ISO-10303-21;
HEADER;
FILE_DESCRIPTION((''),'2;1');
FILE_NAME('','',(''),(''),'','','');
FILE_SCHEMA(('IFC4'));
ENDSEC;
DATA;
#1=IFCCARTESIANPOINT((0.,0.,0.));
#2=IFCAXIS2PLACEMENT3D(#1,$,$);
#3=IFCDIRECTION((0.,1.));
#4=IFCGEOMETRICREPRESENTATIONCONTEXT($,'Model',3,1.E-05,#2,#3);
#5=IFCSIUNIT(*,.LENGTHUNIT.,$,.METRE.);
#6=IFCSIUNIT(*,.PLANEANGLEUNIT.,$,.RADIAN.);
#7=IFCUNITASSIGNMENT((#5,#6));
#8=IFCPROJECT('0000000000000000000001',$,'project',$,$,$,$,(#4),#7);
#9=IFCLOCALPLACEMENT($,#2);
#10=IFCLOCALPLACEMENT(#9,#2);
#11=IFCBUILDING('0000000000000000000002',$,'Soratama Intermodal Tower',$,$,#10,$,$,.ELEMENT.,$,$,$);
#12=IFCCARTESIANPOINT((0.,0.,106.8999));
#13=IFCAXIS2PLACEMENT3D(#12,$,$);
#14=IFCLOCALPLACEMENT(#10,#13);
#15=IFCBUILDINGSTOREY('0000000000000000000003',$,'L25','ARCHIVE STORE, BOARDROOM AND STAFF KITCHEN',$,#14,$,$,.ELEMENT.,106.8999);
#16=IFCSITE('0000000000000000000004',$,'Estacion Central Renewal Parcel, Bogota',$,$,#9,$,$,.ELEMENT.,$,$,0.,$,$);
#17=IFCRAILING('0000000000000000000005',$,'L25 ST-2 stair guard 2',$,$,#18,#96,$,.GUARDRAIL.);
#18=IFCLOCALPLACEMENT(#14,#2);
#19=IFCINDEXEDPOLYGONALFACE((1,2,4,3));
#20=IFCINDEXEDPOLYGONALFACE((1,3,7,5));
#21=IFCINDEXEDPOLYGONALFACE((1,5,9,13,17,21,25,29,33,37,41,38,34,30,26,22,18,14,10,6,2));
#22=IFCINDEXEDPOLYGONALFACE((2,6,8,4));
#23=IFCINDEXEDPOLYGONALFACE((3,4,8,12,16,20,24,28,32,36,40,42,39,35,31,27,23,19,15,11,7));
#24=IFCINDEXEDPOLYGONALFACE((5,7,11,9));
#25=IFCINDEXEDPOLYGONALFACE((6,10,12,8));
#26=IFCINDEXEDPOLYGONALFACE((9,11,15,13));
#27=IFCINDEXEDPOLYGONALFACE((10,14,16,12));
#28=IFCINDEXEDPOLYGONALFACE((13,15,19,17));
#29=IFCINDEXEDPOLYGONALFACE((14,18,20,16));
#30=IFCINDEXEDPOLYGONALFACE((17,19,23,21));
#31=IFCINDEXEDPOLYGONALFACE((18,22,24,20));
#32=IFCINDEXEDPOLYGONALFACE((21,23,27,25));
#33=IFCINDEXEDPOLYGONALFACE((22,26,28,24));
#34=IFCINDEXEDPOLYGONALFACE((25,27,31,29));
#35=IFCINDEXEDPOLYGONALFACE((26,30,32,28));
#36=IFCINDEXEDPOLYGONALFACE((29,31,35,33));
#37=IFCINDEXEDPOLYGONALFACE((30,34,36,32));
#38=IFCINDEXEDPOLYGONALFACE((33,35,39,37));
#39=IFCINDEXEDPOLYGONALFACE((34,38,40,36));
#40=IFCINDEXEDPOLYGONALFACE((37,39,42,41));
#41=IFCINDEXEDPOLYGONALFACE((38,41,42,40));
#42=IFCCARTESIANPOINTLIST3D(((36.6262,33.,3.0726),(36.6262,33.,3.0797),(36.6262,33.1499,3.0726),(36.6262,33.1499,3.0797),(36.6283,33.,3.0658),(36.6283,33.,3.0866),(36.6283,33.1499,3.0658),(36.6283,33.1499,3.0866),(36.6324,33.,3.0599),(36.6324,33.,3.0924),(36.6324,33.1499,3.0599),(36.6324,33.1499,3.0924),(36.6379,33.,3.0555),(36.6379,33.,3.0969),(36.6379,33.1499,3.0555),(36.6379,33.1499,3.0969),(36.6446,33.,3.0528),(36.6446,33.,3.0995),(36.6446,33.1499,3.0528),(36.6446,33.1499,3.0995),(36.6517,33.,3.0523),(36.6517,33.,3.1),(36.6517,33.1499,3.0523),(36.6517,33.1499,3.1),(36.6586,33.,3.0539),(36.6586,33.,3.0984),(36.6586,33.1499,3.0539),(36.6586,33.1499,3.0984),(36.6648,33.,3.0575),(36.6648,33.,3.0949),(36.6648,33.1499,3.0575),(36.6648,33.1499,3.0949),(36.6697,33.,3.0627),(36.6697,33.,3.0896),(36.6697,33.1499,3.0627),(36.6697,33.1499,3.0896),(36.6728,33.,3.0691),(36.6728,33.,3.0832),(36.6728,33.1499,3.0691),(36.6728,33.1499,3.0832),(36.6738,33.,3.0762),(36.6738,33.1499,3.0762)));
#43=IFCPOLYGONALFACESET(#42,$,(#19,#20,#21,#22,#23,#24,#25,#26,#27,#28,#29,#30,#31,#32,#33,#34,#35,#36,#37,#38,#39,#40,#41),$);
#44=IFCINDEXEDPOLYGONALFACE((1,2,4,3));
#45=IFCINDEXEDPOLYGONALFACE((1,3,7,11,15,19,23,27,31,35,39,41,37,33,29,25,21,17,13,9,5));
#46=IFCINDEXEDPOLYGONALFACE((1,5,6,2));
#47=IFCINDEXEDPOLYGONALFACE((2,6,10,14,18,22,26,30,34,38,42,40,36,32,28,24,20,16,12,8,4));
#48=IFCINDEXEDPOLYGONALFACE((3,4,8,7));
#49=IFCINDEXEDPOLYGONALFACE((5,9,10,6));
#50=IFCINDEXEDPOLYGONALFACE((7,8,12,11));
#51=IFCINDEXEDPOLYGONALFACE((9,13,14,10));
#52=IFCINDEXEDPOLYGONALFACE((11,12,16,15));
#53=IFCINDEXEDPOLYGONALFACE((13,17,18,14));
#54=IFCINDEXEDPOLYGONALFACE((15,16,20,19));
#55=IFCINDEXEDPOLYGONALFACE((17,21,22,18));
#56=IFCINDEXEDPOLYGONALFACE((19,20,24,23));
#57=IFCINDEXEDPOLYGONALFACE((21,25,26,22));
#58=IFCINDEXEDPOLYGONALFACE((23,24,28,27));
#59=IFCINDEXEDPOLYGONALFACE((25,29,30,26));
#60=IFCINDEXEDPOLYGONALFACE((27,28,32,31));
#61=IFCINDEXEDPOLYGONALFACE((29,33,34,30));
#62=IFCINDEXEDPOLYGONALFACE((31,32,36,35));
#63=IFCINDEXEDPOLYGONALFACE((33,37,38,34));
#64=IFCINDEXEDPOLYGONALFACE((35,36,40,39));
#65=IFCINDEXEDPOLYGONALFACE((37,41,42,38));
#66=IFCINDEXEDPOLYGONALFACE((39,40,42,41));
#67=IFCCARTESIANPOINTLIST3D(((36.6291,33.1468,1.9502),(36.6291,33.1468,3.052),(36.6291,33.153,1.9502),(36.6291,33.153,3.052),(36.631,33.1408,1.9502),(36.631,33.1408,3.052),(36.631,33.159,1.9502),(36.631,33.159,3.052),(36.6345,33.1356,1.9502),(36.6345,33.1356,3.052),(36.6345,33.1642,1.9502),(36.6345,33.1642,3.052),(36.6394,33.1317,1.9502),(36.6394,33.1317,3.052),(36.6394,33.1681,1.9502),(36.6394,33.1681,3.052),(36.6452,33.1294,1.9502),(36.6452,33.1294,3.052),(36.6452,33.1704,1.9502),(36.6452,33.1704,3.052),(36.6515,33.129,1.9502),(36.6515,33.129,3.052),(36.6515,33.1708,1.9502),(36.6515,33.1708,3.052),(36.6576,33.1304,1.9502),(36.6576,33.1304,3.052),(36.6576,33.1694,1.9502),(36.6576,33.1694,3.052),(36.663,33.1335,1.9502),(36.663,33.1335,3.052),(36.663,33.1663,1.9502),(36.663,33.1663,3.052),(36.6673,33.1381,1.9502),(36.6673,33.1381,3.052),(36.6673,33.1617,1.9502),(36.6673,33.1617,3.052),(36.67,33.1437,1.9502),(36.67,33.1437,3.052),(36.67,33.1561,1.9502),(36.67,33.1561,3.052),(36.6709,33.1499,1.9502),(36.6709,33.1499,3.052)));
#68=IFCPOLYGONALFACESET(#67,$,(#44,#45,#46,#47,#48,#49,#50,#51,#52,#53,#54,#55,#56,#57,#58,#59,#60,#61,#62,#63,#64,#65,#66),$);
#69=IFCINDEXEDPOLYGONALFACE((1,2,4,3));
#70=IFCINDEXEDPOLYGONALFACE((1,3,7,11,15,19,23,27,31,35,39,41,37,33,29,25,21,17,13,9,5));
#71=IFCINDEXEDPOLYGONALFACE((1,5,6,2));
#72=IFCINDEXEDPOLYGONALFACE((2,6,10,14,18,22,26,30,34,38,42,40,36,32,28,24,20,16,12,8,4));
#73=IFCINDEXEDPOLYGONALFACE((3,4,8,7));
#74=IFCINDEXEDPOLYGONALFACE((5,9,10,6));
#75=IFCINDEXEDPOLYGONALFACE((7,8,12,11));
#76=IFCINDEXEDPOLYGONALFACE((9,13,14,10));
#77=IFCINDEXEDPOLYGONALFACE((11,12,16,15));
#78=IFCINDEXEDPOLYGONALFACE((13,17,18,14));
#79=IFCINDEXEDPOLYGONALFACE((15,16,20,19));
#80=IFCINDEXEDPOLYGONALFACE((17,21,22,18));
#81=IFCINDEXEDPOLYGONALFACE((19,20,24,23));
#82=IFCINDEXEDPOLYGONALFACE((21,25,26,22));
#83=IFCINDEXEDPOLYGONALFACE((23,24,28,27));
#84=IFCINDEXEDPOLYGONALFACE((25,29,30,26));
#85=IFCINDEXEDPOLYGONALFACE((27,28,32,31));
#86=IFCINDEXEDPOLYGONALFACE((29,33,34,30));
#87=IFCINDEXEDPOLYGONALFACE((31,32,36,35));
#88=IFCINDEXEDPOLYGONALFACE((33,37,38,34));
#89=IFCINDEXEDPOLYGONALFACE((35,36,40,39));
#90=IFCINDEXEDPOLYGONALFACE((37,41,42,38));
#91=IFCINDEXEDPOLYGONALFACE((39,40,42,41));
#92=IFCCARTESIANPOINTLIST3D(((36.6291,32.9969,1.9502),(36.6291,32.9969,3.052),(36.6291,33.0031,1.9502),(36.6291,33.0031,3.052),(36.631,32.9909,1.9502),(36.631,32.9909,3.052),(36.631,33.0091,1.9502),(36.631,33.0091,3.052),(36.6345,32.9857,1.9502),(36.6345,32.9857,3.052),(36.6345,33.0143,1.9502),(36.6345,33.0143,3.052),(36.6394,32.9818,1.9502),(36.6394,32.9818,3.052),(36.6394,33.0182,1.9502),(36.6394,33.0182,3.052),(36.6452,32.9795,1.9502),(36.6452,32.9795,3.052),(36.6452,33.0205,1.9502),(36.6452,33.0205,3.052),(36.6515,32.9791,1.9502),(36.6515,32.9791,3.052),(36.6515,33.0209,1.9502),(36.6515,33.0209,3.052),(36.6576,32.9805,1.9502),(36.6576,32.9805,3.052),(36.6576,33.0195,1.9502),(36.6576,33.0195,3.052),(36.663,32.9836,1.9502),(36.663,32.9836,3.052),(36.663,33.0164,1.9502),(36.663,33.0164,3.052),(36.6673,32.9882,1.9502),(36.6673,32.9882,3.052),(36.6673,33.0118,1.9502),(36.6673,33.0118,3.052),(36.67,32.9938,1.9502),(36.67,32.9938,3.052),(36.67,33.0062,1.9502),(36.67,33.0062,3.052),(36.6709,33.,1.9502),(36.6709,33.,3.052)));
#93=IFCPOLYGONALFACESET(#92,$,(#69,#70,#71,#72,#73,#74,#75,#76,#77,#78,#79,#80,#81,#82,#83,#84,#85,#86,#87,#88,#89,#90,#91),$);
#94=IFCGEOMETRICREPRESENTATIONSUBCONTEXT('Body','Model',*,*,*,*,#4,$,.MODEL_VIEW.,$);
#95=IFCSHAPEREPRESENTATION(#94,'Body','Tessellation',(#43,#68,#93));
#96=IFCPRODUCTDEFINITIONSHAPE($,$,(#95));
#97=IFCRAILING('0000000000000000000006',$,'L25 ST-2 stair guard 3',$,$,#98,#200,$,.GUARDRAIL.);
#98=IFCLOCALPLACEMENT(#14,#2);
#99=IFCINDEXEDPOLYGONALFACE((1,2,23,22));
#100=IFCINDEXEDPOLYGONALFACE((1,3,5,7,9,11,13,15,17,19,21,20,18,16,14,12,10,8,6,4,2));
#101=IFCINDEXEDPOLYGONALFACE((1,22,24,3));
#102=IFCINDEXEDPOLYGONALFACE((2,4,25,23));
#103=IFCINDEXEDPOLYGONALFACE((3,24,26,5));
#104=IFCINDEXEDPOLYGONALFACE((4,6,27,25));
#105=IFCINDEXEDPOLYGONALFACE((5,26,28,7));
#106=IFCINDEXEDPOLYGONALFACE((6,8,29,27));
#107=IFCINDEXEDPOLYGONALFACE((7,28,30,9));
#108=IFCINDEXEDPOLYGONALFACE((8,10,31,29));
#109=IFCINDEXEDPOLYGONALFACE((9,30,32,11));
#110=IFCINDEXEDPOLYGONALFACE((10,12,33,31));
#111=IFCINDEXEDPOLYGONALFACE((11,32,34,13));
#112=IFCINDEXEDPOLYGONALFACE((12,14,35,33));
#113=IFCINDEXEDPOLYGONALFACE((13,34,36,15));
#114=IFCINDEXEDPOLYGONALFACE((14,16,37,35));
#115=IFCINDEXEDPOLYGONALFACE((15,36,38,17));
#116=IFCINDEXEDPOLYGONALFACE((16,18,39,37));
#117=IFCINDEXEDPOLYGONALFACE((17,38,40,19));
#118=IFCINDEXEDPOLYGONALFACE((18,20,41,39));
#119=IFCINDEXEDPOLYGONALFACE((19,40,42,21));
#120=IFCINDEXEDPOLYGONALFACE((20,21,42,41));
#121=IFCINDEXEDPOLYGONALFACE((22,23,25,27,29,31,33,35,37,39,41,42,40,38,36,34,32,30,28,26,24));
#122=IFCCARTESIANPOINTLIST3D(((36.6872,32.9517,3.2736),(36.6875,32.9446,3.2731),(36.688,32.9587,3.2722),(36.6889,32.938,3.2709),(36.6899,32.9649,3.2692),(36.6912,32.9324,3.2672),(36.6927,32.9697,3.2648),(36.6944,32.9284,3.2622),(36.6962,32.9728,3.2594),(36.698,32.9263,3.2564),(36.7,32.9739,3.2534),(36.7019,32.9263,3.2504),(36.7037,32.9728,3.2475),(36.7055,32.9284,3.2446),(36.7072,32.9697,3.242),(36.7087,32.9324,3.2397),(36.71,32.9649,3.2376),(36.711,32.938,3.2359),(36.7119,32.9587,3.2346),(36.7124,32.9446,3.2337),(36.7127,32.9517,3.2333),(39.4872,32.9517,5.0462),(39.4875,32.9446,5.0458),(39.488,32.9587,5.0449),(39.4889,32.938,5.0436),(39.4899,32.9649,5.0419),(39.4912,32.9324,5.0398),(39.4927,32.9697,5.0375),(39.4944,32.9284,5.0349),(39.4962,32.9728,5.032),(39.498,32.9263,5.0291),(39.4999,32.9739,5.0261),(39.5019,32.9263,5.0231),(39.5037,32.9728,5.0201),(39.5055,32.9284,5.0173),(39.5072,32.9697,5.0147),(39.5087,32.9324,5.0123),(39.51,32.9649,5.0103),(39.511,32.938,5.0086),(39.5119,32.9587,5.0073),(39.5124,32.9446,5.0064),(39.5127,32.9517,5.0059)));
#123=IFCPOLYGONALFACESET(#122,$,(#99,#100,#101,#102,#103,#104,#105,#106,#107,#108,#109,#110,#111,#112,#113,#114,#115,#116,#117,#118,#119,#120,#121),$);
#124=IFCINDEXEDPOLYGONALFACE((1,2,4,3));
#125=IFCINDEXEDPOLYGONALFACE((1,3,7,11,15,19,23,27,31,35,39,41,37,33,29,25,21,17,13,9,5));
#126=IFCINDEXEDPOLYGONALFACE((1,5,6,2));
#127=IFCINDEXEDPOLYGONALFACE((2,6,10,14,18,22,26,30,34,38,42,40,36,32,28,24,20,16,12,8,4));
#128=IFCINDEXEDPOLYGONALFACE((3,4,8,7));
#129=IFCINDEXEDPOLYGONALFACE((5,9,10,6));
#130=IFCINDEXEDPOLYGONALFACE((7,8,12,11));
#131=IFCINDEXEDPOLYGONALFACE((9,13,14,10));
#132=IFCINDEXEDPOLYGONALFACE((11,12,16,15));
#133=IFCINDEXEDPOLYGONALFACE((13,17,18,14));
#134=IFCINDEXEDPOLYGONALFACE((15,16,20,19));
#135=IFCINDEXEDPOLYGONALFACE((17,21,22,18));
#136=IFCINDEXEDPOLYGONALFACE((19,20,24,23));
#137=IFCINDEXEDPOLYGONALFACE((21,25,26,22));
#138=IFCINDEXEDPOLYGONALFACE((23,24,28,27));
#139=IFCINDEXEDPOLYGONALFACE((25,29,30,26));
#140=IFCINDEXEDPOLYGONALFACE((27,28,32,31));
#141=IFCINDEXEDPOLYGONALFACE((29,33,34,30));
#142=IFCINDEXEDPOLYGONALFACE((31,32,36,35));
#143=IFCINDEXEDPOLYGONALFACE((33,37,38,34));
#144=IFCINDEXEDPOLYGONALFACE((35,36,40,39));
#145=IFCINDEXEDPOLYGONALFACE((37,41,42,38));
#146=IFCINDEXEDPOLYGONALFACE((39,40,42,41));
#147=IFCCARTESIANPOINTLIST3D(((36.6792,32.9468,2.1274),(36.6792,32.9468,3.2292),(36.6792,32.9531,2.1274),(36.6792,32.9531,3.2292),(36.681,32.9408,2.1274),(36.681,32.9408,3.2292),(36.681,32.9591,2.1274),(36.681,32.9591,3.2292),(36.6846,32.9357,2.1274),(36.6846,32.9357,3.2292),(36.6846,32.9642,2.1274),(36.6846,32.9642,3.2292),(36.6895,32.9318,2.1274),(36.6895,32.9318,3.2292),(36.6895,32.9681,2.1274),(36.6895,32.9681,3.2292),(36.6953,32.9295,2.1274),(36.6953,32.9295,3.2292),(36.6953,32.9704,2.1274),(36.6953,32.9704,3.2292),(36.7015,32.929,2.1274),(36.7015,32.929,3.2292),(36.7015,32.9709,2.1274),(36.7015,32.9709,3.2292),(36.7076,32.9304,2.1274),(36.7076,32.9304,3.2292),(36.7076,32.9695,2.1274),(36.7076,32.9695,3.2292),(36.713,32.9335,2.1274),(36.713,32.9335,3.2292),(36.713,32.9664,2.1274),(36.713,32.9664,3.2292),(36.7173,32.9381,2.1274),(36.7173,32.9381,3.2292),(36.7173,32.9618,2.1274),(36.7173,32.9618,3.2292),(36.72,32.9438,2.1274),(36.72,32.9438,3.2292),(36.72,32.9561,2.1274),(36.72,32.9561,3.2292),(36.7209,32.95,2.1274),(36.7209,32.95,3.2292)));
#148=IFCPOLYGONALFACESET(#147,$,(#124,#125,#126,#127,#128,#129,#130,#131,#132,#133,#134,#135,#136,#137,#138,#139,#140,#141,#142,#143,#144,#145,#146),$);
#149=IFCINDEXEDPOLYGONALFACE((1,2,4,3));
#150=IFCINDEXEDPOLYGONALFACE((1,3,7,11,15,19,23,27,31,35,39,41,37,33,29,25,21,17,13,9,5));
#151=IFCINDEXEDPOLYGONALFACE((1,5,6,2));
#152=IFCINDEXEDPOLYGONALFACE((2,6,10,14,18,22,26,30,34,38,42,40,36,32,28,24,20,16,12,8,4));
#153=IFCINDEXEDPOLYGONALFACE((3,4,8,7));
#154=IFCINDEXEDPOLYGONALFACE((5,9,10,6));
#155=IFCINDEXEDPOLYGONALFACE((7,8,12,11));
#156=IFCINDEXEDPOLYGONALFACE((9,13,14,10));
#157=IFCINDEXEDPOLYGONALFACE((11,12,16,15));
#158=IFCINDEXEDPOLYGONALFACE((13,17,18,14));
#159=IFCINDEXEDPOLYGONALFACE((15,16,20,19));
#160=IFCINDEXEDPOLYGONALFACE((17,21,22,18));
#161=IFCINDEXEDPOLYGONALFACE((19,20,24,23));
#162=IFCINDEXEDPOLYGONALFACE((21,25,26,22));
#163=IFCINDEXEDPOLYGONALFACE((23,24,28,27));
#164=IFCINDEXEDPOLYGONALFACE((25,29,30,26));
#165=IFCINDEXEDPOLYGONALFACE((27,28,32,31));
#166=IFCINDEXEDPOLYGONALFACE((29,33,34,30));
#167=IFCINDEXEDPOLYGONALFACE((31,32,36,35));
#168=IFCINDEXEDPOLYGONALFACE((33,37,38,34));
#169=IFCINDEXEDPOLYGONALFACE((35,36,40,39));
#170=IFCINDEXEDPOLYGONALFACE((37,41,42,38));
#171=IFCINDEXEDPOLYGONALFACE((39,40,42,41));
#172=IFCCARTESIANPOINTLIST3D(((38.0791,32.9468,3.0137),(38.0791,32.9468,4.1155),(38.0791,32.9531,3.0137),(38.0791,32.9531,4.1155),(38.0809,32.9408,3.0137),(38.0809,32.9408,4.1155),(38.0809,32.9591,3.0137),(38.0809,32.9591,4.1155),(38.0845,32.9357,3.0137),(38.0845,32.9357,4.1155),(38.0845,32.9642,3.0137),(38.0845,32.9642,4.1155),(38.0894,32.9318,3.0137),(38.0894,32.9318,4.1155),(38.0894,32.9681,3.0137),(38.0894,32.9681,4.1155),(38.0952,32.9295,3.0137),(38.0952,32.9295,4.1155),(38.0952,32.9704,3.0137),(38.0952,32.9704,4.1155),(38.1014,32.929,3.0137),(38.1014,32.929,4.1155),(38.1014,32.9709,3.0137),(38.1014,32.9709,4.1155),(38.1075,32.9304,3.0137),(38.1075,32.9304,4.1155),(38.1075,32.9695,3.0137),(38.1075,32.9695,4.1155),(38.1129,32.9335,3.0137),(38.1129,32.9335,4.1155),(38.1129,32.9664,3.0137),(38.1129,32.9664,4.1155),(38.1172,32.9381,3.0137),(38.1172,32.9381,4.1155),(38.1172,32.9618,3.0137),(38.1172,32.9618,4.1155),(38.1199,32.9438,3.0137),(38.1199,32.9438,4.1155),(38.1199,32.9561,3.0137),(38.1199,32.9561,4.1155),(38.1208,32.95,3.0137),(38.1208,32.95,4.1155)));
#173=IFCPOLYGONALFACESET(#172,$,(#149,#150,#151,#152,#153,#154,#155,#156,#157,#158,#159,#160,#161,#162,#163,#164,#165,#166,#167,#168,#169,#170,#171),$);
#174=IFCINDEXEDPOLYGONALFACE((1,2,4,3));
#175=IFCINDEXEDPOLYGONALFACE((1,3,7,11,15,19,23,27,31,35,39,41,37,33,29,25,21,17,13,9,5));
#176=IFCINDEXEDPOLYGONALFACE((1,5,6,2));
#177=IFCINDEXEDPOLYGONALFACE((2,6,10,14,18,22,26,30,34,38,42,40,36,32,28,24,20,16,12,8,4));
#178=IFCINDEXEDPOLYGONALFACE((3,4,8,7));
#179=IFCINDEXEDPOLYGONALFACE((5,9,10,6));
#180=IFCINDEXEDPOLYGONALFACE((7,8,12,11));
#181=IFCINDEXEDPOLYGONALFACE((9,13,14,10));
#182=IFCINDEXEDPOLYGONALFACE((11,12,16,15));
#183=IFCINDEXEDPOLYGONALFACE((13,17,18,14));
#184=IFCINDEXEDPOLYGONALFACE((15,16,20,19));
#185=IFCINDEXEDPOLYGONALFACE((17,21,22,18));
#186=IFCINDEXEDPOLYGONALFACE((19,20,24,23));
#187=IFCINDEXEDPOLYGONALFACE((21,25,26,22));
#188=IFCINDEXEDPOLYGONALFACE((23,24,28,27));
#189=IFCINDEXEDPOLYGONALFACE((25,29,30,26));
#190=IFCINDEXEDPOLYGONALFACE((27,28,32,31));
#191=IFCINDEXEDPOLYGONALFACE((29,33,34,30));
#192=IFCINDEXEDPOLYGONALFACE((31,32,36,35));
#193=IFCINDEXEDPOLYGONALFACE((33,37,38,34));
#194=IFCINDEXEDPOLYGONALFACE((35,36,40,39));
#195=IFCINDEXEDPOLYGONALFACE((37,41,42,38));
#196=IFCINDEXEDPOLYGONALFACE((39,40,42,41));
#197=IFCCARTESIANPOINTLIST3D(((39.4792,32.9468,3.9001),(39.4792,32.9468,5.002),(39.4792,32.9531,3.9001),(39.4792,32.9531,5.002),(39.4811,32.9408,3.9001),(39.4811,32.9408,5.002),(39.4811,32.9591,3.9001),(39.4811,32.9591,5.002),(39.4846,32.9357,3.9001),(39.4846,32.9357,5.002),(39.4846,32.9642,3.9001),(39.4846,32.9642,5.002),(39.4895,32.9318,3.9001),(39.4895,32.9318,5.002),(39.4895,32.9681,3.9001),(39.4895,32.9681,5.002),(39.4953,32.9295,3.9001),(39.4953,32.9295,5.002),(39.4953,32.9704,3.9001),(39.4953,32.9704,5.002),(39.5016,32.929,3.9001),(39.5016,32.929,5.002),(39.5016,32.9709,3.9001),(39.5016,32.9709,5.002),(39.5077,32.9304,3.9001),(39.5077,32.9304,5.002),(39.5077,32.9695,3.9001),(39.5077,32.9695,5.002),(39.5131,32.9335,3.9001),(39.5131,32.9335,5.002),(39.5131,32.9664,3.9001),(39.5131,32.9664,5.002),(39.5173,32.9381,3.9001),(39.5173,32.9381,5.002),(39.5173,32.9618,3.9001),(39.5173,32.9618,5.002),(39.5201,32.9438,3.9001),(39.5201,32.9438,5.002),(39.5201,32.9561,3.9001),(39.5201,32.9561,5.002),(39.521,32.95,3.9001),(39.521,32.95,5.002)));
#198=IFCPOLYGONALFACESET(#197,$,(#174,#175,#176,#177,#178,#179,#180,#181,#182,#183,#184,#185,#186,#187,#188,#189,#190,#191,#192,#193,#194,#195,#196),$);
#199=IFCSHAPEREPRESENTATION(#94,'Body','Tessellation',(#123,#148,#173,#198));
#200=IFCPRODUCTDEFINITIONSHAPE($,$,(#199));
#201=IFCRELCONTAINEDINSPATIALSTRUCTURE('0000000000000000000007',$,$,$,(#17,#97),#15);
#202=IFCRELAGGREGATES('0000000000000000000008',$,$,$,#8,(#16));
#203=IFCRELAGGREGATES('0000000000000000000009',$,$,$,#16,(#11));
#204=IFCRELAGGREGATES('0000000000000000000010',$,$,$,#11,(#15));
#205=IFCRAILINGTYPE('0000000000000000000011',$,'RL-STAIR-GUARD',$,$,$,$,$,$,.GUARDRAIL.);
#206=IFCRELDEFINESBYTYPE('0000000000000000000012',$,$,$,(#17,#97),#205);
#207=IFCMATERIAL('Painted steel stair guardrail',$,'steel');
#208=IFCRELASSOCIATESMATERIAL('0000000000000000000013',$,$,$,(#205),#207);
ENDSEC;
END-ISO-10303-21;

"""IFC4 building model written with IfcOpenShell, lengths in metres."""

from ifc_helpers import new_model, si_unit, direction, frame, origin, origin_2d, place, context, subcontext, project, spatial, circle, extrude, material, type_object, element, save


model = new_model("IFC4")

# Units and contexts
model_context = context("Model", 3, precision=1e-05, world=origin(), true_north=direction((0.0, 1.0)))
body_context = subcontext(model_context, "Body", "Model", "MODEL_VIEW")
ifc_project = project(units=[si_unit("LENGTHUNIT", "METRE"), si_unit("PLANEANGLEUNIT", "RADIAN")], contexts=[model_context])

# Site, building, storey
site_placement = place(None, origin())
site = spatial("IfcSite", under=ifc_project, at=site_placement, Name="Estacion Central Renewal Parcel, Bogota", CompositionType="ELEMENT", RefElevation=0.0)
building_placement = place(site_placement, origin())
building = spatial("IfcBuilding", under=site, at=building_placement, Name="Soratama Intermodal Tower", CompositionType="ELEMENT")
storey_placement = place(building_placement, frame((0.0, 0.0, 106.8999)))
storey = spatial("IfcBuildingStorey", under=building, at=storey_placement, Name="L25", Description="ARCHIVE STORE, BOARDROOM AND STAFF KITCHEN", CompositionType="ELEMENT", Elevation=106.8999)

# Railings
ifc_material_1 = material(Name="Painted steel stair guardrail", Category="steel")
railing_type_1 = type_object("IfcRailingType", Name="RL-STAIR-GUARD", PredefinedType="GUARDRAIL", material=ifc_material_1)
railing_1_placement = place(storey_placement, frame((36.6499, 33.1499, 1.9502)))
element("IfcRailing", 1, at=railing_1_placement, inside=storey, type_object=railing_type_1, Name="L25 ST-2 stair guard 2", PredefinedType="GUARDRAIL", context=body_context, shape_type="SweptSolid", body=[
    extrude(circle(Radius=0.0239, at=origin_2d()), frame((0.0, 0.0, 1.126), z_axis=(0.0, -1.0, 0.0), x_axis=(1.0, 0.0, 0.0)), (0.0, 0.0, 1.0), 0.1499),
    extrude(circle(Radius=0.021, at=origin_2d()), origin(), (0.0, 0.0, 1.0), 1.1018),
    extrude(circle(Radius=0.021, at=origin_2d()), frame((0.0, -0.1499, 0.0)), (0.0, 0.0, 1.0), 1.1018),
])
railing_2_placement = place(storey_placement, frame((36.7, 32.95, 2.1274)))
element("IfcRailing", 2, at=railing_2_placement, inside=storey, type_object=railing_type_1, Name="L25 ST-2 stair guard 3", PredefinedType="GUARDRAIL", context=body_context, shape_type="SweptSolid", body=[
    extrude(circle(Radius=0.0239, at=origin_2d()), frame((0.0, 0.0, 1.126), z_axis=(0.844909, 0.0, 0.53491), x_axis=(0.0, 1.0, 0.0)), (0.0, 0.0, 1.0), 3.314),
    extrude(circle(Radius=0.021, at=origin_2d()), origin(), (0.0, 0.0, 1.0), 1.1018),
    extrude(circle(Radius=0.021, at=origin_2d()), frame((1.3999, 0.0, 0.8862)), (0.0, 0.0, 1.0), 1.1018),
    extrude(circle(Radius=0.021, at=origin_2d()), frame((2.8, 0.0, 1.7727)), (0.0, 0.0, 1.0), 1.1018),
])

save(model, "model.ifc")
